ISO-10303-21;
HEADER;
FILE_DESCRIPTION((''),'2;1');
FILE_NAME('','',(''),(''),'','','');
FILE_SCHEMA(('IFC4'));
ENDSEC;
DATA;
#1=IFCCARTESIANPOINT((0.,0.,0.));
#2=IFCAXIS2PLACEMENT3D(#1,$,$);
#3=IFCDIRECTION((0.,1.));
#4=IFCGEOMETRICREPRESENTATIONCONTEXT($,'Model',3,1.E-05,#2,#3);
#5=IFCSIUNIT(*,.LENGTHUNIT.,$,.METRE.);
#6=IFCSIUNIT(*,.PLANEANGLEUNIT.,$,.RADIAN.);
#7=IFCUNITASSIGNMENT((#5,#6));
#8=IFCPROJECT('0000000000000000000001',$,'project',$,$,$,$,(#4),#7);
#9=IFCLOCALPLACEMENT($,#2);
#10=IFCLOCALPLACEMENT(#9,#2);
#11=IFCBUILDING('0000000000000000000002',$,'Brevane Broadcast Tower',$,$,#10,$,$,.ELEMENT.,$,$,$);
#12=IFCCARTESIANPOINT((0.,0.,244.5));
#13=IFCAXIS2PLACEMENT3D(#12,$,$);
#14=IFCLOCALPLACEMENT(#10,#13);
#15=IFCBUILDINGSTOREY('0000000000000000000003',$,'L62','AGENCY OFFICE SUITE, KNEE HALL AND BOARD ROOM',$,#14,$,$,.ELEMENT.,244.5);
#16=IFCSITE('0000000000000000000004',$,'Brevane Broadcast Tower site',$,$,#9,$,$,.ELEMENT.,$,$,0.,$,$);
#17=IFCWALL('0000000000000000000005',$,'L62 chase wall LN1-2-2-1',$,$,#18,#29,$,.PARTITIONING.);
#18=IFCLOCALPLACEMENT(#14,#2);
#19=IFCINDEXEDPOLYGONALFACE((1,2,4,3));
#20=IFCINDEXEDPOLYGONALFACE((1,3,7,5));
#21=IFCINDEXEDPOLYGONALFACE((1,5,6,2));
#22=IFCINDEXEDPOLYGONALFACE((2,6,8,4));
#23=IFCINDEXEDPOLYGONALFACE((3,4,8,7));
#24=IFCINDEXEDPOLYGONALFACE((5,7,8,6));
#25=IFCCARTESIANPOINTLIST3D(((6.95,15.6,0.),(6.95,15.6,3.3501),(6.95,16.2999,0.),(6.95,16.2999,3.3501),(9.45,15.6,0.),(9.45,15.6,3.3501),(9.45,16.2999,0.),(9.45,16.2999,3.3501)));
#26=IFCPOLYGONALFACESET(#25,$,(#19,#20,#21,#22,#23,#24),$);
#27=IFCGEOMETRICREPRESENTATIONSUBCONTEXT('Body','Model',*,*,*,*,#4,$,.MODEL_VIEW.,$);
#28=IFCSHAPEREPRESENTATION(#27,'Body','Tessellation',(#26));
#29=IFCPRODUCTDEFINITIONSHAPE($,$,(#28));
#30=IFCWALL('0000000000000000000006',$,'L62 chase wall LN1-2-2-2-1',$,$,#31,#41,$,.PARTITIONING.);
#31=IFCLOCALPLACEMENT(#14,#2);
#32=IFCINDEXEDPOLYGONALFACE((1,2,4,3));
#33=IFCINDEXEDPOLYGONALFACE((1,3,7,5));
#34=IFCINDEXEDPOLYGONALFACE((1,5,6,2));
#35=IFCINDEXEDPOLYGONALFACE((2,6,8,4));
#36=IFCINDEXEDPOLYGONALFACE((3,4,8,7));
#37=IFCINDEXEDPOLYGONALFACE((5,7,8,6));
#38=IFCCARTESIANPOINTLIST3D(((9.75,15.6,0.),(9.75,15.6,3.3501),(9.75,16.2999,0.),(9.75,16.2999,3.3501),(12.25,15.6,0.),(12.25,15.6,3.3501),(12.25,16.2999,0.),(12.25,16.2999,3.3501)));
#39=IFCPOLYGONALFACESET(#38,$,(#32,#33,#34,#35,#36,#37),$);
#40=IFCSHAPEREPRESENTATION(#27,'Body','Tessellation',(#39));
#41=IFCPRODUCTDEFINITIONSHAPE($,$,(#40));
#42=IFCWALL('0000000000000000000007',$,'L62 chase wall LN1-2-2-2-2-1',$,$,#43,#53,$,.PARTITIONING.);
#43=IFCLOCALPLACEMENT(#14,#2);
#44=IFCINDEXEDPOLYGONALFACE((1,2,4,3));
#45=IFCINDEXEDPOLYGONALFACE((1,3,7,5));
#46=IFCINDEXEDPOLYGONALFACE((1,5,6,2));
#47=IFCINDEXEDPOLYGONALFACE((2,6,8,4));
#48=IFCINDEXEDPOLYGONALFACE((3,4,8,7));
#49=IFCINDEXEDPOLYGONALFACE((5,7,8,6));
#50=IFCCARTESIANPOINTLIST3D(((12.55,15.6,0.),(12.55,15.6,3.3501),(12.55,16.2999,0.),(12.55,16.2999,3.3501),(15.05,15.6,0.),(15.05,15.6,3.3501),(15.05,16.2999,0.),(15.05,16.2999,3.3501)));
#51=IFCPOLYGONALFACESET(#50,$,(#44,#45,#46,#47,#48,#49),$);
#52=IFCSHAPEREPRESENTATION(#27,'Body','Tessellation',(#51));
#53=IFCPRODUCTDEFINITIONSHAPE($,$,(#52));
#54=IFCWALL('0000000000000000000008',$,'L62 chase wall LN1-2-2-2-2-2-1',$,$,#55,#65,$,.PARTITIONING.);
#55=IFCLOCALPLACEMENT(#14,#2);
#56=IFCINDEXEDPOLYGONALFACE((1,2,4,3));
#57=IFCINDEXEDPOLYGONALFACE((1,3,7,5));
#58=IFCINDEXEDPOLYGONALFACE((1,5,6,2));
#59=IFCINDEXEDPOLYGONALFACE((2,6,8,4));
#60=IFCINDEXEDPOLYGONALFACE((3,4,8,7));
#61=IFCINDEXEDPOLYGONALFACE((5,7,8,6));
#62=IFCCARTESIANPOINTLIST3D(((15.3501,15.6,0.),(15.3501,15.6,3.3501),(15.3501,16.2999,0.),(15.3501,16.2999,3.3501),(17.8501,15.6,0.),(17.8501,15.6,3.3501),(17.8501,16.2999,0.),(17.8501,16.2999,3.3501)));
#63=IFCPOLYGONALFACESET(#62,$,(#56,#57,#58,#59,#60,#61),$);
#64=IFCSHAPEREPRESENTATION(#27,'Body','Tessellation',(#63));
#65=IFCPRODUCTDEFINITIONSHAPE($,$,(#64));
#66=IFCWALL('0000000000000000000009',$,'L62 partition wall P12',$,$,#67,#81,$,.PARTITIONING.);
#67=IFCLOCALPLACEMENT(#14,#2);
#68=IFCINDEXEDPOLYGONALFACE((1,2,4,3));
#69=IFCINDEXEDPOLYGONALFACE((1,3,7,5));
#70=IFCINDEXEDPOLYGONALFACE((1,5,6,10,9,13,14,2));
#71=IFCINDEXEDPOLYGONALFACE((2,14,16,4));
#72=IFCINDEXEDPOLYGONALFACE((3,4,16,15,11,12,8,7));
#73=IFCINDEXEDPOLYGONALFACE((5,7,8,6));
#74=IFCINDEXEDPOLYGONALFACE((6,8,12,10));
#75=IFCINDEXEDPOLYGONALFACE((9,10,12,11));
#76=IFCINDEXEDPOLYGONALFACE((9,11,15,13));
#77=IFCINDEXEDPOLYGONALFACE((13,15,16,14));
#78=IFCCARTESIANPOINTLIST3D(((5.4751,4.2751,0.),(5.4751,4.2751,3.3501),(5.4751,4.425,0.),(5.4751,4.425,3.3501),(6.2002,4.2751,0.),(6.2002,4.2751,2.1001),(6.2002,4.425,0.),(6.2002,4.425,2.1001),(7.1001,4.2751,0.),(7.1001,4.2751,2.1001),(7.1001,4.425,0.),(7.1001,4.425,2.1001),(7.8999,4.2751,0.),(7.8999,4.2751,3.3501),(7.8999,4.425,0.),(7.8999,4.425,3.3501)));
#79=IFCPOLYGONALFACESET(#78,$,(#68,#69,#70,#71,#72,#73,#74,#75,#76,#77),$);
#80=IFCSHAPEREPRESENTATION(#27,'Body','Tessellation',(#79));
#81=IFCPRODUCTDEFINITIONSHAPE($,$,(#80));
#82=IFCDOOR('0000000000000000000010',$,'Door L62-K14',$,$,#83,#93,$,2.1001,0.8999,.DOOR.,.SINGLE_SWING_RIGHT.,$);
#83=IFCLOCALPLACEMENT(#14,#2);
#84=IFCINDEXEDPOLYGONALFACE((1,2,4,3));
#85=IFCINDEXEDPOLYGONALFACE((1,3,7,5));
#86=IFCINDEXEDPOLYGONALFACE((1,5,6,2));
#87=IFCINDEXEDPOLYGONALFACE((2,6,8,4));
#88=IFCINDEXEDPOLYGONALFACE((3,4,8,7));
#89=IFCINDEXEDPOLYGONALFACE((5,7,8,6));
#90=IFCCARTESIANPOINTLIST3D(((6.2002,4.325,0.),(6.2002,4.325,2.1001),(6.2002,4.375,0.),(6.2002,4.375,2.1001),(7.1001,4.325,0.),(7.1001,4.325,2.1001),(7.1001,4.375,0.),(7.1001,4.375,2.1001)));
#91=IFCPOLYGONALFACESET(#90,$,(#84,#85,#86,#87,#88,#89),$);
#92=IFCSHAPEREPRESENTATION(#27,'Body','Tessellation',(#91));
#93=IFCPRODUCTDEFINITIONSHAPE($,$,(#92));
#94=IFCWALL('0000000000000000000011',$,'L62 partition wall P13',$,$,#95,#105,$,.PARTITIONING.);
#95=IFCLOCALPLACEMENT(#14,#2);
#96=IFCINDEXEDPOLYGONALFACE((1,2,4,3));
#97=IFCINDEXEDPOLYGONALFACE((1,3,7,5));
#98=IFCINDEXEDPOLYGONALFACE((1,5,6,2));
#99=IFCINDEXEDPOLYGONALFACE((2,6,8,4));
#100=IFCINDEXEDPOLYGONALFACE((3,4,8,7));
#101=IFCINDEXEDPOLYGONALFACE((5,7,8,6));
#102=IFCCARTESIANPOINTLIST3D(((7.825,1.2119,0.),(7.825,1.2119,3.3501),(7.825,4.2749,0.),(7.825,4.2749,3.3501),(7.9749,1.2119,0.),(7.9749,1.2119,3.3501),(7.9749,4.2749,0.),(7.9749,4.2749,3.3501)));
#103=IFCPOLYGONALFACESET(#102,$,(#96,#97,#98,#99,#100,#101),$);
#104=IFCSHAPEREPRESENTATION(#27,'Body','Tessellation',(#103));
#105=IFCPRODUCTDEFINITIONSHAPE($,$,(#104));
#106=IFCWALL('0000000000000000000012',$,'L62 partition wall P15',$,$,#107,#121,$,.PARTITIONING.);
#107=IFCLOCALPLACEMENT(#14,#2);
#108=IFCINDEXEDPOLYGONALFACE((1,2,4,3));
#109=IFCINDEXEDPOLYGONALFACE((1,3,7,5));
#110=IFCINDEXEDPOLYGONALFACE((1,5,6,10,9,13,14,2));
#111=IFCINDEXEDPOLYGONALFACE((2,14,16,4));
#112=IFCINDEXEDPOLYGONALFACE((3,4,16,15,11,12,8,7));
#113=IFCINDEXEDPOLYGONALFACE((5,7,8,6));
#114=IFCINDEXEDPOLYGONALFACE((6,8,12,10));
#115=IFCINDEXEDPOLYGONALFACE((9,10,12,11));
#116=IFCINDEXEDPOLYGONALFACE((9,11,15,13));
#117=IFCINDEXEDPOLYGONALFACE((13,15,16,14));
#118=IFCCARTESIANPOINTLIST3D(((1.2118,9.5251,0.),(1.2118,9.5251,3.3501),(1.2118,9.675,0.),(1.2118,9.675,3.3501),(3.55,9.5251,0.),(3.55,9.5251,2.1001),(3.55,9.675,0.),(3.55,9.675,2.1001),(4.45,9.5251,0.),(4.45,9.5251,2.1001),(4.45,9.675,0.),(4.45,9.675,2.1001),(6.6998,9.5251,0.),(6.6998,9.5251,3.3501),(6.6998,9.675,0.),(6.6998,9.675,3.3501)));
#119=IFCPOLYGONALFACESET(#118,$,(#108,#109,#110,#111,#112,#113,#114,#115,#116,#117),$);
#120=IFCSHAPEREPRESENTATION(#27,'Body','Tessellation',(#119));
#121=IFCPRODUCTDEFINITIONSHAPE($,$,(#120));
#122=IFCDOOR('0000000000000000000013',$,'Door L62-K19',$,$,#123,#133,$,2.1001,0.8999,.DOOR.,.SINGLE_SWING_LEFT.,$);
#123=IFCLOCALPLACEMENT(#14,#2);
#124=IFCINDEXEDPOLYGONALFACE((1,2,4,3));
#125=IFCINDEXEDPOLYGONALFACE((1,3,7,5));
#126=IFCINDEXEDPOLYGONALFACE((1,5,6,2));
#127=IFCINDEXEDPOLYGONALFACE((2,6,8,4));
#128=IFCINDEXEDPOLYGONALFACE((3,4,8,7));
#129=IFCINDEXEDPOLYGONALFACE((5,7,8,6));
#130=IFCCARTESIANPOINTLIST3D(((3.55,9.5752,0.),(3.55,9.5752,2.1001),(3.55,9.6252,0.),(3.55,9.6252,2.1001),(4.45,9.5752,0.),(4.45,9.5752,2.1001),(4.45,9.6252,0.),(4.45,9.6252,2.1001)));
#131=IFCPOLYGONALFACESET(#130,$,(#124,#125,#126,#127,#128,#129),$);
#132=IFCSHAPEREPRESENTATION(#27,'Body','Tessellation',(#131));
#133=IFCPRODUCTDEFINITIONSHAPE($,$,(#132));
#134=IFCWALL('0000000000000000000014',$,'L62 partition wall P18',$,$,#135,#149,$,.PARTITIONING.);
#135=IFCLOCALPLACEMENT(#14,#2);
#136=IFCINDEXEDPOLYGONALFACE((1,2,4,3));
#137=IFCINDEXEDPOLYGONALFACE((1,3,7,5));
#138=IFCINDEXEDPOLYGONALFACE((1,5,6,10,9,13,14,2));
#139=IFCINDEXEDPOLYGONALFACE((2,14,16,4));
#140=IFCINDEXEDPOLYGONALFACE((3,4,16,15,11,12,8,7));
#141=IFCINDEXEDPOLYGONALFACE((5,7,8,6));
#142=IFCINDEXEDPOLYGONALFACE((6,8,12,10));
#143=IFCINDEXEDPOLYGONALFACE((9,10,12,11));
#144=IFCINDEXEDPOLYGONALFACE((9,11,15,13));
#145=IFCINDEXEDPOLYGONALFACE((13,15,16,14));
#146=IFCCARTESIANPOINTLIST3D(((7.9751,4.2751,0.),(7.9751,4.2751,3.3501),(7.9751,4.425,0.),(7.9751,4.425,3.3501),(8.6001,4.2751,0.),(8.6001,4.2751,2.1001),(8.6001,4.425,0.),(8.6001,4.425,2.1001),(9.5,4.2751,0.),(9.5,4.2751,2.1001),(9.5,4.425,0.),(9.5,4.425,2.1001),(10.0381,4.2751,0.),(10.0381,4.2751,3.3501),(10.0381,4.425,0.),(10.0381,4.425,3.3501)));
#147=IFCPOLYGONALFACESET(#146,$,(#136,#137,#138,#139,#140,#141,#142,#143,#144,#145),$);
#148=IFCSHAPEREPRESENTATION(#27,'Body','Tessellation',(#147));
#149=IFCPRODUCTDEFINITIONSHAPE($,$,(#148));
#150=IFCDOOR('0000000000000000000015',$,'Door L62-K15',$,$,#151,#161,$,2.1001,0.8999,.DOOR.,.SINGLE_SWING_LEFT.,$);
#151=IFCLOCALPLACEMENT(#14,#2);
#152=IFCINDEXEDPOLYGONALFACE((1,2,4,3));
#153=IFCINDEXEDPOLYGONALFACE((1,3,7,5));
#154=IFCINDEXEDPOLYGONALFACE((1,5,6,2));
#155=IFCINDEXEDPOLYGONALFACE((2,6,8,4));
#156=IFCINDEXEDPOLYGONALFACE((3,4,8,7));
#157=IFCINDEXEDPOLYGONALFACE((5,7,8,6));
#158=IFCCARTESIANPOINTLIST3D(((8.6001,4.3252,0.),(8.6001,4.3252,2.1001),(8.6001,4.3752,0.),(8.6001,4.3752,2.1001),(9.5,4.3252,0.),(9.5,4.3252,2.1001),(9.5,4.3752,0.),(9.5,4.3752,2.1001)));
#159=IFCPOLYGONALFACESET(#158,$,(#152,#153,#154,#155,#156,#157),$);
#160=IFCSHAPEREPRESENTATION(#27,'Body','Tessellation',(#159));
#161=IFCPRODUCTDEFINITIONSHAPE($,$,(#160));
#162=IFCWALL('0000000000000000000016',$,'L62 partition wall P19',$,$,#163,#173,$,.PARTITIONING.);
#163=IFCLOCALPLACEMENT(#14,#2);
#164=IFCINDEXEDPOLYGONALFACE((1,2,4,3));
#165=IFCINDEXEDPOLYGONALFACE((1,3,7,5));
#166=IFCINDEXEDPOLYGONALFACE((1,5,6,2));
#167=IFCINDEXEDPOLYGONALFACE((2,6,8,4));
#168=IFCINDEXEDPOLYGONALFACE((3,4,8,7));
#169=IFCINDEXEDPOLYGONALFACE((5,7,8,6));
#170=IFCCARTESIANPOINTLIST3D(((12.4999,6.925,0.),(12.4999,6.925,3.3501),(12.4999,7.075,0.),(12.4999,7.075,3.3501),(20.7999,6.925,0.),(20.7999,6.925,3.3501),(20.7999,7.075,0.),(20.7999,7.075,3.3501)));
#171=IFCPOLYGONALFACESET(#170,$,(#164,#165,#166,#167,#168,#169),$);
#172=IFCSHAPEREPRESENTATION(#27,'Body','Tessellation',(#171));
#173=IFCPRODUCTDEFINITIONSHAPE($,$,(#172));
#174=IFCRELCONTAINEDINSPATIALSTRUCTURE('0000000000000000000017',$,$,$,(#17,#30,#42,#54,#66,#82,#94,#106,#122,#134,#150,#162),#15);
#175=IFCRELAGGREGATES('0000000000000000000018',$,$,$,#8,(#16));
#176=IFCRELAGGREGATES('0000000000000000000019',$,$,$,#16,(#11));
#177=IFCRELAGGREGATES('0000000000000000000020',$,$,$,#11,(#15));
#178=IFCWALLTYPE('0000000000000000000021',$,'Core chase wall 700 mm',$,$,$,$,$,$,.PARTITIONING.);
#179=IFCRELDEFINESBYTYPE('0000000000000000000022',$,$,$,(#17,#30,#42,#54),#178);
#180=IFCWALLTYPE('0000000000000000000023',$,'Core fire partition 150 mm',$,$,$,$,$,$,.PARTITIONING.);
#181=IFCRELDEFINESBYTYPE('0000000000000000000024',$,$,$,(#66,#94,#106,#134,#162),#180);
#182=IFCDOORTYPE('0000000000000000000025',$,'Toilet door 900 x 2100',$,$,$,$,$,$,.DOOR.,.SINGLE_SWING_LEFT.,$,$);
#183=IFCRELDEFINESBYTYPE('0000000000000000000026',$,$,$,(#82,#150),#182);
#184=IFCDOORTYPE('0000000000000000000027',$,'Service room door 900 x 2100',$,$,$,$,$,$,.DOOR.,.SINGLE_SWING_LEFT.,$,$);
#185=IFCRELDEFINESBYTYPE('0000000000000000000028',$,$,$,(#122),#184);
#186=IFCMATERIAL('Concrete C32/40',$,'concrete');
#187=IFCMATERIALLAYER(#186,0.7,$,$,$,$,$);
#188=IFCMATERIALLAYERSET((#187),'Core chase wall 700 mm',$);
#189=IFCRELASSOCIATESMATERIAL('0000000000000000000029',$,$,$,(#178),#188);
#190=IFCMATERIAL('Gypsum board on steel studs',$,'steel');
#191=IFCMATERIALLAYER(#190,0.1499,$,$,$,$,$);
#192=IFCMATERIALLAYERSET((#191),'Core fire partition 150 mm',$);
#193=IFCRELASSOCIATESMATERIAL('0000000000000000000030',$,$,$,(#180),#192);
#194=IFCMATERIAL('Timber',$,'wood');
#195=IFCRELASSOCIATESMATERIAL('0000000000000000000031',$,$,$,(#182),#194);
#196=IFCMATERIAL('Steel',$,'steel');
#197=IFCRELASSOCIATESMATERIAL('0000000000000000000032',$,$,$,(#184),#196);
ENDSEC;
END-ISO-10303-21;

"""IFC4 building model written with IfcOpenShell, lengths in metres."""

from ifc_helpers import new_model, si_unit, direction, frame, frame_2d, origin, place, context, subcontext, project, spatial, rectangle, extrude, material, layer, layer_set, type_object, element, fill, save


model = new_model("IFC4")

# Units and contexts
model_context = context("Model", 3, precision=1e-05, world=origin(), true_north=direction((0.0, 1.0)))
body_context = subcontext(model_context, "Body", "Model", "MODEL_VIEW")
ifc_project = project(units=[si_unit("LENGTHUNIT", "METRE"), si_unit("PLANEANGLEUNIT", "RADIAN")], contexts=[model_context])

# Site, building, storey
site_placement = place(None, origin())
site = spatial("IfcSite", under=ifc_project, at=site_placement, Name="Brevane Broadcast Tower site", CompositionType="ELEMENT", RefElevation=0.0)
building_placement = place(site_placement, origin())
building = spatial("IfcBuilding", under=site, at=building_placement, Name="Brevane Broadcast Tower", CompositionType="ELEMENT")
storey_placement = place(building_placement, frame((0.0, 0.0, 244.5)))
storey = spatial("IfcBuildingStorey", under=building, at=storey_placement, Name="L62", Description="AGENCY OFFICE SUITE, KNEE HALL AND BOARD ROOM", CompositionType="ELEMENT", Elevation=244.5)

# Walls
ifc_material_1 = material(Name="Concrete C32/40", Category="concrete")
ifc_layer_1 = layer(ifc_material_1, 0.7)
ifc_layer_set_1 = layer_set([ifc_layer_1], Name="Core chase wall 700 mm")
wall_type_1 = type_object("IfcWallType", Name="Core chase wall 700 mm", PredefinedType="PARTITIONING", material=ifc_layer_set_1)
for number, where, z_axis, x_axis, name in (
    (1, (6.95, 15.95, 0.0), (0.0, 0.0, 1.0), (1.0, 0.0, 0.0), "L62 chase wall LN1-2-2-1"),
    (2, (9.75, 15.95, 0.0), (0.0, 0.0, 1.0), (1.0, 0.0, 0.0), "L62 chase wall LN1-2-2-2-1"),
    (3, (12.55, 15.95, 0.0), (0.0, 0.0, 1.0), (1.0, 0.0, 0.0), "L62 chase wall LN1-2-2-2-2-1"),
    (4, (15.3501, 15.95, 0.0), (0.0, 0.0, 1.0), (1.0, 0.0, 0.0), "L62 chase wall LN1-2-2-2-2-2-1"),
):
    element("IfcWall", number, at=place(storey_placement, frame(where, z_axis=z_axis, x_axis=x_axis)), inside=storey, type_object=wall_type_1, Name=name, PredefinedType="PARTITIONING", context=body_context, shape_type="SweptSolid", body=[
        extrude(rectangle(XDim=2.5, YDim=0.7, at=frame_2d((1.25, 0.0))), origin(), (0.0, 0.0, 1.0), 3.3501),
    ])

# Wall, opening, door
ifc_material_2 = material(Name="Gypsum board on steel studs", Category="steel")
ifc_layer_2 = layer(ifc_material_2, 0.1499)
ifc_layer_set_2 = layer_set([ifc_layer_2], Name="Core fire partition 150 mm")
wall_type_2 = type_object("IfcWallType", Name="Core fire partition 150 mm", PredefinedType="PARTITIONING", material=ifc_layer_set_2)
wall_1_placement = place(storey_placement, frame((5.4751, 4.3501, 0.0), z_axis=(0.0, 0.0, 1.0), x_axis=(1.0, 0.0, 0.0)))
wall_1 = element("IfcWall", 5, at=wall_1_placement, inside=storey, type_object=wall_type_2, Name="L62 partition wall P12", PredefinedType="PARTITIONING", context=body_context, shape_type="SweptSolid", body=[
    extrude(rectangle(XDim=2.4248, YDim=0.1499, at=frame_2d((1.2124, 0.0))), origin(), (0.0, 0.0, 1.0), 3.3501),
])
opening_1_placement = place(wall_1_placement, frame((0.7251, 0.0, 0.0)))
opening_1 = element("IfcOpeningElement", 6, at=opening_1_placement, cuts=wall_1, PredefinedType="OPENING", context=body_context, shape_type="SweptSolid", body=[
    extrude(rectangle(XDim=0.8999, YDim=2.1001, at=frame_2d((0.45, 1.05))), frame((0.0, 0.085, 0.0), z_axis=(0.0, -1.0, 0.0), x_axis=(1.0, 0.0, 0.0)), (0.0, 0.0, 1.0), 0.1699),
])
ifc_material_3 = material(Name="Timber", Category="wood")
door_type_1 = type_object("IfcDoorType", Name="Toilet door 900 x 2100", OperationType="SINGLE_SWING_LEFT", PredefinedType="DOOR", material=ifc_material_3)
door_1_placement = place(opening_1_placement, origin())
door_1 = element("IfcDoor", 7, at=door_1_placement, inside=storey, type_object=door_type_1, Name="Door L62-K14", OperationType="SINGLE_SWING_RIGHT", OverallHeight=2.1001, OverallWidth=0.8999, PredefinedType="DOOR", context=body_context, shape_type="SweptSolid", body=[
    extrude(rectangle(XDim=0.8999, YDim=2.1001, at=frame_2d((0.45, 1.05))), frame((0.0, 0.0249, 0.0), z_axis=(0.0, -1.0, 0.0), x_axis=(1.0, 0.0, 0.0)), (0.0, 0.0, 1.0), 0.05),
])
fill(opening_1, door_1)

# Wall
wall_2_placement = place(storey_placement, frame((7.8999, 4.2749, 0.0), z_axis=(0.0, 0.0, 1.0), x_axis=(0.0, -1.0, 0.0)))
element("IfcWall", 8, at=wall_2_placement, inside=storey, type_object=wall_type_2, Name="L62 partition wall P13", PredefinedType="PARTITIONING", context=body_context, shape_type="SweptSolid", body=[
    extrude(rectangle(XDim=3.063, YDim=0.1499, at=frame_2d((1.5315, 0.0))), origin(), (0.0, 0.0, 1.0), 3.3501),
])

# Walls, openings, doors
wall_3_placement = place(storey_placement, frame((6.7, 9.6001, 0.0), z_axis=(0.0, 0.0, 1.0), x_axis=(-1.0, 0.0, 0.0)))
wall_3 = element("IfcWall", 9, at=wall_3_placement, inside=storey, type_object=wall_type_2, Name="L62 partition wall P15", PredefinedType="PARTITIONING", context=body_context, shape_type="SweptSolid", body=[
    extrude(rectangle(XDim=5.488, YDim=0.1499, at=frame_2d((2.7441, 0.0))), origin(), (0.0, 0.0, 1.0), 3.3501),
])
opening_2_placement = place(wall_3_placement, frame((2.25, 0.0, 0.0)))
opening_2 = element("IfcOpeningElement", 10, at=opening_2_placement, cuts=wall_3, PredefinedType="OPENING", context=body_context, shape_type="SweptSolid", body=[
    extrude(rectangle(XDim=0.8999, YDim=2.1001, at=frame_2d((0.45, 1.05))), frame((0.0, 0.085, 0.0), z_axis=(0.0, -1.0, 0.0), x_axis=(1.0, 0.0, 0.0)), (0.0, 0.0, 1.0), 0.1699),
])
ifc_material_4 = material(Name="Steel", Category="steel")
door_type_2 = type_object("IfcDoorType", Name="Service room door 900 x 2100", OperationType="SINGLE_SWING_LEFT", PredefinedType="DOOR", material=ifc_material_4)
door_2_placement = place(opening_2_placement, origin())
door_2 = element("IfcDoor", 11, at=door_2_placement, inside=storey, type_object=door_type_2, Name="Door L62-K19", OperationType="SINGLE_SWING_LEFT", OverallHeight=2.1001, OverallWidth=0.8999, PredefinedType="DOOR", context=body_context, shape_type="SweptSolid", body=[
    extrude(rectangle(XDim=0.8999, YDim=2.1001, at=frame_2d((0.45, 1.05))), frame((0.0, 0.0249, 0.0), z_axis=(0.0, -1.0, 0.0), x_axis=(1.0, 0.0, 0.0)), (0.0, 0.0, 1.0), 0.05),
])
fill(opening_2, door_2)
wall_4_placement = place(storey_placement, frame((10.0381, 4.3501, 0.0), z_axis=(0.0, 0.0, 1.0), x_axis=(-1.0, 0.0, 0.0)))
wall_4 = element("IfcWall", 12, at=wall_4_placement, inside=storey, type_object=wall_type_2, Name="L62 partition wall P18", PredefinedType="PARTITIONING", context=body_context, shape_type="SweptSolid", body=[
    extrude(rectangle(XDim=2.063, YDim=0.1499, at=frame_2d((1.0315, 0.0))), origin(), (0.0, 0.0, 1.0), 3.3501),
])
opening_3_placement = place(wall_4_placement, frame((0.5381, 0.0, 0.0)))
opening_3 = element("IfcOpeningElement", 13, at=opening_3_placement, cuts=wall_4, PredefinedType="OPENING", context=body_context, shape_type="SweptSolid", body=[
    extrude(rectangle(XDim=0.8999, YDim=2.1001, at=frame_2d((0.45, 1.05))), frame((0.0, 0.085, 0.0), z_axis=(0.0, -1.0, 0.0), x_axis=(1.0, 0.0, 0.0)), (0.0, 0.0, 1.0), 0.1699),
])
door_3_placement = place(opening_3_placement, origin())
door_3 = element("IfcDoor", 14, at=door_3_placement, inside=storey, type_object=door_type_1, Name="Door L62-K15", OperationType="SINGLE_SWING_LEFT", OverallHeight=2.1001, OverallWidth=0.8999, PredefinedType="DOOR", context=body_context, shape_type="SweptSolid", body=[
    extrude(rectangle(XDim=0.8999, YDim=2.1001, at=frame_2d((0.45, 1.05))), frame((0.0, 0.0249, 0.0), z_axis=(0.0, -1.0, 0.0), x_axis=(1.0, 0.0, 0.0)), (0.0, 0.0, 1.0), 0.05),
])
fill(opening_3, door_3)

# Wall
wall_5_placement = place(storey_placement, frame((12.5, 7.0, 0.0), z_axis=(0.0, 0.0, 1.0), x_axis=(1.0, 0.0, 0.0)))
element("IfcWall", 15, at=wall_5_placement, inside=storey, type_object=wall_type_2, Name="L62 partition wall P19", PredefinedType="PARTITIONING", context=body_context, shape_type="SweptSolid", body=[
    extrude(rectangle(XDim=8.3, YDim=0.1499, at=frame_2d((4.1499, 0.0))), origin(), (0.0, 0.0, 1.0), 3.3501),
])

save(model, "model.ifc")
